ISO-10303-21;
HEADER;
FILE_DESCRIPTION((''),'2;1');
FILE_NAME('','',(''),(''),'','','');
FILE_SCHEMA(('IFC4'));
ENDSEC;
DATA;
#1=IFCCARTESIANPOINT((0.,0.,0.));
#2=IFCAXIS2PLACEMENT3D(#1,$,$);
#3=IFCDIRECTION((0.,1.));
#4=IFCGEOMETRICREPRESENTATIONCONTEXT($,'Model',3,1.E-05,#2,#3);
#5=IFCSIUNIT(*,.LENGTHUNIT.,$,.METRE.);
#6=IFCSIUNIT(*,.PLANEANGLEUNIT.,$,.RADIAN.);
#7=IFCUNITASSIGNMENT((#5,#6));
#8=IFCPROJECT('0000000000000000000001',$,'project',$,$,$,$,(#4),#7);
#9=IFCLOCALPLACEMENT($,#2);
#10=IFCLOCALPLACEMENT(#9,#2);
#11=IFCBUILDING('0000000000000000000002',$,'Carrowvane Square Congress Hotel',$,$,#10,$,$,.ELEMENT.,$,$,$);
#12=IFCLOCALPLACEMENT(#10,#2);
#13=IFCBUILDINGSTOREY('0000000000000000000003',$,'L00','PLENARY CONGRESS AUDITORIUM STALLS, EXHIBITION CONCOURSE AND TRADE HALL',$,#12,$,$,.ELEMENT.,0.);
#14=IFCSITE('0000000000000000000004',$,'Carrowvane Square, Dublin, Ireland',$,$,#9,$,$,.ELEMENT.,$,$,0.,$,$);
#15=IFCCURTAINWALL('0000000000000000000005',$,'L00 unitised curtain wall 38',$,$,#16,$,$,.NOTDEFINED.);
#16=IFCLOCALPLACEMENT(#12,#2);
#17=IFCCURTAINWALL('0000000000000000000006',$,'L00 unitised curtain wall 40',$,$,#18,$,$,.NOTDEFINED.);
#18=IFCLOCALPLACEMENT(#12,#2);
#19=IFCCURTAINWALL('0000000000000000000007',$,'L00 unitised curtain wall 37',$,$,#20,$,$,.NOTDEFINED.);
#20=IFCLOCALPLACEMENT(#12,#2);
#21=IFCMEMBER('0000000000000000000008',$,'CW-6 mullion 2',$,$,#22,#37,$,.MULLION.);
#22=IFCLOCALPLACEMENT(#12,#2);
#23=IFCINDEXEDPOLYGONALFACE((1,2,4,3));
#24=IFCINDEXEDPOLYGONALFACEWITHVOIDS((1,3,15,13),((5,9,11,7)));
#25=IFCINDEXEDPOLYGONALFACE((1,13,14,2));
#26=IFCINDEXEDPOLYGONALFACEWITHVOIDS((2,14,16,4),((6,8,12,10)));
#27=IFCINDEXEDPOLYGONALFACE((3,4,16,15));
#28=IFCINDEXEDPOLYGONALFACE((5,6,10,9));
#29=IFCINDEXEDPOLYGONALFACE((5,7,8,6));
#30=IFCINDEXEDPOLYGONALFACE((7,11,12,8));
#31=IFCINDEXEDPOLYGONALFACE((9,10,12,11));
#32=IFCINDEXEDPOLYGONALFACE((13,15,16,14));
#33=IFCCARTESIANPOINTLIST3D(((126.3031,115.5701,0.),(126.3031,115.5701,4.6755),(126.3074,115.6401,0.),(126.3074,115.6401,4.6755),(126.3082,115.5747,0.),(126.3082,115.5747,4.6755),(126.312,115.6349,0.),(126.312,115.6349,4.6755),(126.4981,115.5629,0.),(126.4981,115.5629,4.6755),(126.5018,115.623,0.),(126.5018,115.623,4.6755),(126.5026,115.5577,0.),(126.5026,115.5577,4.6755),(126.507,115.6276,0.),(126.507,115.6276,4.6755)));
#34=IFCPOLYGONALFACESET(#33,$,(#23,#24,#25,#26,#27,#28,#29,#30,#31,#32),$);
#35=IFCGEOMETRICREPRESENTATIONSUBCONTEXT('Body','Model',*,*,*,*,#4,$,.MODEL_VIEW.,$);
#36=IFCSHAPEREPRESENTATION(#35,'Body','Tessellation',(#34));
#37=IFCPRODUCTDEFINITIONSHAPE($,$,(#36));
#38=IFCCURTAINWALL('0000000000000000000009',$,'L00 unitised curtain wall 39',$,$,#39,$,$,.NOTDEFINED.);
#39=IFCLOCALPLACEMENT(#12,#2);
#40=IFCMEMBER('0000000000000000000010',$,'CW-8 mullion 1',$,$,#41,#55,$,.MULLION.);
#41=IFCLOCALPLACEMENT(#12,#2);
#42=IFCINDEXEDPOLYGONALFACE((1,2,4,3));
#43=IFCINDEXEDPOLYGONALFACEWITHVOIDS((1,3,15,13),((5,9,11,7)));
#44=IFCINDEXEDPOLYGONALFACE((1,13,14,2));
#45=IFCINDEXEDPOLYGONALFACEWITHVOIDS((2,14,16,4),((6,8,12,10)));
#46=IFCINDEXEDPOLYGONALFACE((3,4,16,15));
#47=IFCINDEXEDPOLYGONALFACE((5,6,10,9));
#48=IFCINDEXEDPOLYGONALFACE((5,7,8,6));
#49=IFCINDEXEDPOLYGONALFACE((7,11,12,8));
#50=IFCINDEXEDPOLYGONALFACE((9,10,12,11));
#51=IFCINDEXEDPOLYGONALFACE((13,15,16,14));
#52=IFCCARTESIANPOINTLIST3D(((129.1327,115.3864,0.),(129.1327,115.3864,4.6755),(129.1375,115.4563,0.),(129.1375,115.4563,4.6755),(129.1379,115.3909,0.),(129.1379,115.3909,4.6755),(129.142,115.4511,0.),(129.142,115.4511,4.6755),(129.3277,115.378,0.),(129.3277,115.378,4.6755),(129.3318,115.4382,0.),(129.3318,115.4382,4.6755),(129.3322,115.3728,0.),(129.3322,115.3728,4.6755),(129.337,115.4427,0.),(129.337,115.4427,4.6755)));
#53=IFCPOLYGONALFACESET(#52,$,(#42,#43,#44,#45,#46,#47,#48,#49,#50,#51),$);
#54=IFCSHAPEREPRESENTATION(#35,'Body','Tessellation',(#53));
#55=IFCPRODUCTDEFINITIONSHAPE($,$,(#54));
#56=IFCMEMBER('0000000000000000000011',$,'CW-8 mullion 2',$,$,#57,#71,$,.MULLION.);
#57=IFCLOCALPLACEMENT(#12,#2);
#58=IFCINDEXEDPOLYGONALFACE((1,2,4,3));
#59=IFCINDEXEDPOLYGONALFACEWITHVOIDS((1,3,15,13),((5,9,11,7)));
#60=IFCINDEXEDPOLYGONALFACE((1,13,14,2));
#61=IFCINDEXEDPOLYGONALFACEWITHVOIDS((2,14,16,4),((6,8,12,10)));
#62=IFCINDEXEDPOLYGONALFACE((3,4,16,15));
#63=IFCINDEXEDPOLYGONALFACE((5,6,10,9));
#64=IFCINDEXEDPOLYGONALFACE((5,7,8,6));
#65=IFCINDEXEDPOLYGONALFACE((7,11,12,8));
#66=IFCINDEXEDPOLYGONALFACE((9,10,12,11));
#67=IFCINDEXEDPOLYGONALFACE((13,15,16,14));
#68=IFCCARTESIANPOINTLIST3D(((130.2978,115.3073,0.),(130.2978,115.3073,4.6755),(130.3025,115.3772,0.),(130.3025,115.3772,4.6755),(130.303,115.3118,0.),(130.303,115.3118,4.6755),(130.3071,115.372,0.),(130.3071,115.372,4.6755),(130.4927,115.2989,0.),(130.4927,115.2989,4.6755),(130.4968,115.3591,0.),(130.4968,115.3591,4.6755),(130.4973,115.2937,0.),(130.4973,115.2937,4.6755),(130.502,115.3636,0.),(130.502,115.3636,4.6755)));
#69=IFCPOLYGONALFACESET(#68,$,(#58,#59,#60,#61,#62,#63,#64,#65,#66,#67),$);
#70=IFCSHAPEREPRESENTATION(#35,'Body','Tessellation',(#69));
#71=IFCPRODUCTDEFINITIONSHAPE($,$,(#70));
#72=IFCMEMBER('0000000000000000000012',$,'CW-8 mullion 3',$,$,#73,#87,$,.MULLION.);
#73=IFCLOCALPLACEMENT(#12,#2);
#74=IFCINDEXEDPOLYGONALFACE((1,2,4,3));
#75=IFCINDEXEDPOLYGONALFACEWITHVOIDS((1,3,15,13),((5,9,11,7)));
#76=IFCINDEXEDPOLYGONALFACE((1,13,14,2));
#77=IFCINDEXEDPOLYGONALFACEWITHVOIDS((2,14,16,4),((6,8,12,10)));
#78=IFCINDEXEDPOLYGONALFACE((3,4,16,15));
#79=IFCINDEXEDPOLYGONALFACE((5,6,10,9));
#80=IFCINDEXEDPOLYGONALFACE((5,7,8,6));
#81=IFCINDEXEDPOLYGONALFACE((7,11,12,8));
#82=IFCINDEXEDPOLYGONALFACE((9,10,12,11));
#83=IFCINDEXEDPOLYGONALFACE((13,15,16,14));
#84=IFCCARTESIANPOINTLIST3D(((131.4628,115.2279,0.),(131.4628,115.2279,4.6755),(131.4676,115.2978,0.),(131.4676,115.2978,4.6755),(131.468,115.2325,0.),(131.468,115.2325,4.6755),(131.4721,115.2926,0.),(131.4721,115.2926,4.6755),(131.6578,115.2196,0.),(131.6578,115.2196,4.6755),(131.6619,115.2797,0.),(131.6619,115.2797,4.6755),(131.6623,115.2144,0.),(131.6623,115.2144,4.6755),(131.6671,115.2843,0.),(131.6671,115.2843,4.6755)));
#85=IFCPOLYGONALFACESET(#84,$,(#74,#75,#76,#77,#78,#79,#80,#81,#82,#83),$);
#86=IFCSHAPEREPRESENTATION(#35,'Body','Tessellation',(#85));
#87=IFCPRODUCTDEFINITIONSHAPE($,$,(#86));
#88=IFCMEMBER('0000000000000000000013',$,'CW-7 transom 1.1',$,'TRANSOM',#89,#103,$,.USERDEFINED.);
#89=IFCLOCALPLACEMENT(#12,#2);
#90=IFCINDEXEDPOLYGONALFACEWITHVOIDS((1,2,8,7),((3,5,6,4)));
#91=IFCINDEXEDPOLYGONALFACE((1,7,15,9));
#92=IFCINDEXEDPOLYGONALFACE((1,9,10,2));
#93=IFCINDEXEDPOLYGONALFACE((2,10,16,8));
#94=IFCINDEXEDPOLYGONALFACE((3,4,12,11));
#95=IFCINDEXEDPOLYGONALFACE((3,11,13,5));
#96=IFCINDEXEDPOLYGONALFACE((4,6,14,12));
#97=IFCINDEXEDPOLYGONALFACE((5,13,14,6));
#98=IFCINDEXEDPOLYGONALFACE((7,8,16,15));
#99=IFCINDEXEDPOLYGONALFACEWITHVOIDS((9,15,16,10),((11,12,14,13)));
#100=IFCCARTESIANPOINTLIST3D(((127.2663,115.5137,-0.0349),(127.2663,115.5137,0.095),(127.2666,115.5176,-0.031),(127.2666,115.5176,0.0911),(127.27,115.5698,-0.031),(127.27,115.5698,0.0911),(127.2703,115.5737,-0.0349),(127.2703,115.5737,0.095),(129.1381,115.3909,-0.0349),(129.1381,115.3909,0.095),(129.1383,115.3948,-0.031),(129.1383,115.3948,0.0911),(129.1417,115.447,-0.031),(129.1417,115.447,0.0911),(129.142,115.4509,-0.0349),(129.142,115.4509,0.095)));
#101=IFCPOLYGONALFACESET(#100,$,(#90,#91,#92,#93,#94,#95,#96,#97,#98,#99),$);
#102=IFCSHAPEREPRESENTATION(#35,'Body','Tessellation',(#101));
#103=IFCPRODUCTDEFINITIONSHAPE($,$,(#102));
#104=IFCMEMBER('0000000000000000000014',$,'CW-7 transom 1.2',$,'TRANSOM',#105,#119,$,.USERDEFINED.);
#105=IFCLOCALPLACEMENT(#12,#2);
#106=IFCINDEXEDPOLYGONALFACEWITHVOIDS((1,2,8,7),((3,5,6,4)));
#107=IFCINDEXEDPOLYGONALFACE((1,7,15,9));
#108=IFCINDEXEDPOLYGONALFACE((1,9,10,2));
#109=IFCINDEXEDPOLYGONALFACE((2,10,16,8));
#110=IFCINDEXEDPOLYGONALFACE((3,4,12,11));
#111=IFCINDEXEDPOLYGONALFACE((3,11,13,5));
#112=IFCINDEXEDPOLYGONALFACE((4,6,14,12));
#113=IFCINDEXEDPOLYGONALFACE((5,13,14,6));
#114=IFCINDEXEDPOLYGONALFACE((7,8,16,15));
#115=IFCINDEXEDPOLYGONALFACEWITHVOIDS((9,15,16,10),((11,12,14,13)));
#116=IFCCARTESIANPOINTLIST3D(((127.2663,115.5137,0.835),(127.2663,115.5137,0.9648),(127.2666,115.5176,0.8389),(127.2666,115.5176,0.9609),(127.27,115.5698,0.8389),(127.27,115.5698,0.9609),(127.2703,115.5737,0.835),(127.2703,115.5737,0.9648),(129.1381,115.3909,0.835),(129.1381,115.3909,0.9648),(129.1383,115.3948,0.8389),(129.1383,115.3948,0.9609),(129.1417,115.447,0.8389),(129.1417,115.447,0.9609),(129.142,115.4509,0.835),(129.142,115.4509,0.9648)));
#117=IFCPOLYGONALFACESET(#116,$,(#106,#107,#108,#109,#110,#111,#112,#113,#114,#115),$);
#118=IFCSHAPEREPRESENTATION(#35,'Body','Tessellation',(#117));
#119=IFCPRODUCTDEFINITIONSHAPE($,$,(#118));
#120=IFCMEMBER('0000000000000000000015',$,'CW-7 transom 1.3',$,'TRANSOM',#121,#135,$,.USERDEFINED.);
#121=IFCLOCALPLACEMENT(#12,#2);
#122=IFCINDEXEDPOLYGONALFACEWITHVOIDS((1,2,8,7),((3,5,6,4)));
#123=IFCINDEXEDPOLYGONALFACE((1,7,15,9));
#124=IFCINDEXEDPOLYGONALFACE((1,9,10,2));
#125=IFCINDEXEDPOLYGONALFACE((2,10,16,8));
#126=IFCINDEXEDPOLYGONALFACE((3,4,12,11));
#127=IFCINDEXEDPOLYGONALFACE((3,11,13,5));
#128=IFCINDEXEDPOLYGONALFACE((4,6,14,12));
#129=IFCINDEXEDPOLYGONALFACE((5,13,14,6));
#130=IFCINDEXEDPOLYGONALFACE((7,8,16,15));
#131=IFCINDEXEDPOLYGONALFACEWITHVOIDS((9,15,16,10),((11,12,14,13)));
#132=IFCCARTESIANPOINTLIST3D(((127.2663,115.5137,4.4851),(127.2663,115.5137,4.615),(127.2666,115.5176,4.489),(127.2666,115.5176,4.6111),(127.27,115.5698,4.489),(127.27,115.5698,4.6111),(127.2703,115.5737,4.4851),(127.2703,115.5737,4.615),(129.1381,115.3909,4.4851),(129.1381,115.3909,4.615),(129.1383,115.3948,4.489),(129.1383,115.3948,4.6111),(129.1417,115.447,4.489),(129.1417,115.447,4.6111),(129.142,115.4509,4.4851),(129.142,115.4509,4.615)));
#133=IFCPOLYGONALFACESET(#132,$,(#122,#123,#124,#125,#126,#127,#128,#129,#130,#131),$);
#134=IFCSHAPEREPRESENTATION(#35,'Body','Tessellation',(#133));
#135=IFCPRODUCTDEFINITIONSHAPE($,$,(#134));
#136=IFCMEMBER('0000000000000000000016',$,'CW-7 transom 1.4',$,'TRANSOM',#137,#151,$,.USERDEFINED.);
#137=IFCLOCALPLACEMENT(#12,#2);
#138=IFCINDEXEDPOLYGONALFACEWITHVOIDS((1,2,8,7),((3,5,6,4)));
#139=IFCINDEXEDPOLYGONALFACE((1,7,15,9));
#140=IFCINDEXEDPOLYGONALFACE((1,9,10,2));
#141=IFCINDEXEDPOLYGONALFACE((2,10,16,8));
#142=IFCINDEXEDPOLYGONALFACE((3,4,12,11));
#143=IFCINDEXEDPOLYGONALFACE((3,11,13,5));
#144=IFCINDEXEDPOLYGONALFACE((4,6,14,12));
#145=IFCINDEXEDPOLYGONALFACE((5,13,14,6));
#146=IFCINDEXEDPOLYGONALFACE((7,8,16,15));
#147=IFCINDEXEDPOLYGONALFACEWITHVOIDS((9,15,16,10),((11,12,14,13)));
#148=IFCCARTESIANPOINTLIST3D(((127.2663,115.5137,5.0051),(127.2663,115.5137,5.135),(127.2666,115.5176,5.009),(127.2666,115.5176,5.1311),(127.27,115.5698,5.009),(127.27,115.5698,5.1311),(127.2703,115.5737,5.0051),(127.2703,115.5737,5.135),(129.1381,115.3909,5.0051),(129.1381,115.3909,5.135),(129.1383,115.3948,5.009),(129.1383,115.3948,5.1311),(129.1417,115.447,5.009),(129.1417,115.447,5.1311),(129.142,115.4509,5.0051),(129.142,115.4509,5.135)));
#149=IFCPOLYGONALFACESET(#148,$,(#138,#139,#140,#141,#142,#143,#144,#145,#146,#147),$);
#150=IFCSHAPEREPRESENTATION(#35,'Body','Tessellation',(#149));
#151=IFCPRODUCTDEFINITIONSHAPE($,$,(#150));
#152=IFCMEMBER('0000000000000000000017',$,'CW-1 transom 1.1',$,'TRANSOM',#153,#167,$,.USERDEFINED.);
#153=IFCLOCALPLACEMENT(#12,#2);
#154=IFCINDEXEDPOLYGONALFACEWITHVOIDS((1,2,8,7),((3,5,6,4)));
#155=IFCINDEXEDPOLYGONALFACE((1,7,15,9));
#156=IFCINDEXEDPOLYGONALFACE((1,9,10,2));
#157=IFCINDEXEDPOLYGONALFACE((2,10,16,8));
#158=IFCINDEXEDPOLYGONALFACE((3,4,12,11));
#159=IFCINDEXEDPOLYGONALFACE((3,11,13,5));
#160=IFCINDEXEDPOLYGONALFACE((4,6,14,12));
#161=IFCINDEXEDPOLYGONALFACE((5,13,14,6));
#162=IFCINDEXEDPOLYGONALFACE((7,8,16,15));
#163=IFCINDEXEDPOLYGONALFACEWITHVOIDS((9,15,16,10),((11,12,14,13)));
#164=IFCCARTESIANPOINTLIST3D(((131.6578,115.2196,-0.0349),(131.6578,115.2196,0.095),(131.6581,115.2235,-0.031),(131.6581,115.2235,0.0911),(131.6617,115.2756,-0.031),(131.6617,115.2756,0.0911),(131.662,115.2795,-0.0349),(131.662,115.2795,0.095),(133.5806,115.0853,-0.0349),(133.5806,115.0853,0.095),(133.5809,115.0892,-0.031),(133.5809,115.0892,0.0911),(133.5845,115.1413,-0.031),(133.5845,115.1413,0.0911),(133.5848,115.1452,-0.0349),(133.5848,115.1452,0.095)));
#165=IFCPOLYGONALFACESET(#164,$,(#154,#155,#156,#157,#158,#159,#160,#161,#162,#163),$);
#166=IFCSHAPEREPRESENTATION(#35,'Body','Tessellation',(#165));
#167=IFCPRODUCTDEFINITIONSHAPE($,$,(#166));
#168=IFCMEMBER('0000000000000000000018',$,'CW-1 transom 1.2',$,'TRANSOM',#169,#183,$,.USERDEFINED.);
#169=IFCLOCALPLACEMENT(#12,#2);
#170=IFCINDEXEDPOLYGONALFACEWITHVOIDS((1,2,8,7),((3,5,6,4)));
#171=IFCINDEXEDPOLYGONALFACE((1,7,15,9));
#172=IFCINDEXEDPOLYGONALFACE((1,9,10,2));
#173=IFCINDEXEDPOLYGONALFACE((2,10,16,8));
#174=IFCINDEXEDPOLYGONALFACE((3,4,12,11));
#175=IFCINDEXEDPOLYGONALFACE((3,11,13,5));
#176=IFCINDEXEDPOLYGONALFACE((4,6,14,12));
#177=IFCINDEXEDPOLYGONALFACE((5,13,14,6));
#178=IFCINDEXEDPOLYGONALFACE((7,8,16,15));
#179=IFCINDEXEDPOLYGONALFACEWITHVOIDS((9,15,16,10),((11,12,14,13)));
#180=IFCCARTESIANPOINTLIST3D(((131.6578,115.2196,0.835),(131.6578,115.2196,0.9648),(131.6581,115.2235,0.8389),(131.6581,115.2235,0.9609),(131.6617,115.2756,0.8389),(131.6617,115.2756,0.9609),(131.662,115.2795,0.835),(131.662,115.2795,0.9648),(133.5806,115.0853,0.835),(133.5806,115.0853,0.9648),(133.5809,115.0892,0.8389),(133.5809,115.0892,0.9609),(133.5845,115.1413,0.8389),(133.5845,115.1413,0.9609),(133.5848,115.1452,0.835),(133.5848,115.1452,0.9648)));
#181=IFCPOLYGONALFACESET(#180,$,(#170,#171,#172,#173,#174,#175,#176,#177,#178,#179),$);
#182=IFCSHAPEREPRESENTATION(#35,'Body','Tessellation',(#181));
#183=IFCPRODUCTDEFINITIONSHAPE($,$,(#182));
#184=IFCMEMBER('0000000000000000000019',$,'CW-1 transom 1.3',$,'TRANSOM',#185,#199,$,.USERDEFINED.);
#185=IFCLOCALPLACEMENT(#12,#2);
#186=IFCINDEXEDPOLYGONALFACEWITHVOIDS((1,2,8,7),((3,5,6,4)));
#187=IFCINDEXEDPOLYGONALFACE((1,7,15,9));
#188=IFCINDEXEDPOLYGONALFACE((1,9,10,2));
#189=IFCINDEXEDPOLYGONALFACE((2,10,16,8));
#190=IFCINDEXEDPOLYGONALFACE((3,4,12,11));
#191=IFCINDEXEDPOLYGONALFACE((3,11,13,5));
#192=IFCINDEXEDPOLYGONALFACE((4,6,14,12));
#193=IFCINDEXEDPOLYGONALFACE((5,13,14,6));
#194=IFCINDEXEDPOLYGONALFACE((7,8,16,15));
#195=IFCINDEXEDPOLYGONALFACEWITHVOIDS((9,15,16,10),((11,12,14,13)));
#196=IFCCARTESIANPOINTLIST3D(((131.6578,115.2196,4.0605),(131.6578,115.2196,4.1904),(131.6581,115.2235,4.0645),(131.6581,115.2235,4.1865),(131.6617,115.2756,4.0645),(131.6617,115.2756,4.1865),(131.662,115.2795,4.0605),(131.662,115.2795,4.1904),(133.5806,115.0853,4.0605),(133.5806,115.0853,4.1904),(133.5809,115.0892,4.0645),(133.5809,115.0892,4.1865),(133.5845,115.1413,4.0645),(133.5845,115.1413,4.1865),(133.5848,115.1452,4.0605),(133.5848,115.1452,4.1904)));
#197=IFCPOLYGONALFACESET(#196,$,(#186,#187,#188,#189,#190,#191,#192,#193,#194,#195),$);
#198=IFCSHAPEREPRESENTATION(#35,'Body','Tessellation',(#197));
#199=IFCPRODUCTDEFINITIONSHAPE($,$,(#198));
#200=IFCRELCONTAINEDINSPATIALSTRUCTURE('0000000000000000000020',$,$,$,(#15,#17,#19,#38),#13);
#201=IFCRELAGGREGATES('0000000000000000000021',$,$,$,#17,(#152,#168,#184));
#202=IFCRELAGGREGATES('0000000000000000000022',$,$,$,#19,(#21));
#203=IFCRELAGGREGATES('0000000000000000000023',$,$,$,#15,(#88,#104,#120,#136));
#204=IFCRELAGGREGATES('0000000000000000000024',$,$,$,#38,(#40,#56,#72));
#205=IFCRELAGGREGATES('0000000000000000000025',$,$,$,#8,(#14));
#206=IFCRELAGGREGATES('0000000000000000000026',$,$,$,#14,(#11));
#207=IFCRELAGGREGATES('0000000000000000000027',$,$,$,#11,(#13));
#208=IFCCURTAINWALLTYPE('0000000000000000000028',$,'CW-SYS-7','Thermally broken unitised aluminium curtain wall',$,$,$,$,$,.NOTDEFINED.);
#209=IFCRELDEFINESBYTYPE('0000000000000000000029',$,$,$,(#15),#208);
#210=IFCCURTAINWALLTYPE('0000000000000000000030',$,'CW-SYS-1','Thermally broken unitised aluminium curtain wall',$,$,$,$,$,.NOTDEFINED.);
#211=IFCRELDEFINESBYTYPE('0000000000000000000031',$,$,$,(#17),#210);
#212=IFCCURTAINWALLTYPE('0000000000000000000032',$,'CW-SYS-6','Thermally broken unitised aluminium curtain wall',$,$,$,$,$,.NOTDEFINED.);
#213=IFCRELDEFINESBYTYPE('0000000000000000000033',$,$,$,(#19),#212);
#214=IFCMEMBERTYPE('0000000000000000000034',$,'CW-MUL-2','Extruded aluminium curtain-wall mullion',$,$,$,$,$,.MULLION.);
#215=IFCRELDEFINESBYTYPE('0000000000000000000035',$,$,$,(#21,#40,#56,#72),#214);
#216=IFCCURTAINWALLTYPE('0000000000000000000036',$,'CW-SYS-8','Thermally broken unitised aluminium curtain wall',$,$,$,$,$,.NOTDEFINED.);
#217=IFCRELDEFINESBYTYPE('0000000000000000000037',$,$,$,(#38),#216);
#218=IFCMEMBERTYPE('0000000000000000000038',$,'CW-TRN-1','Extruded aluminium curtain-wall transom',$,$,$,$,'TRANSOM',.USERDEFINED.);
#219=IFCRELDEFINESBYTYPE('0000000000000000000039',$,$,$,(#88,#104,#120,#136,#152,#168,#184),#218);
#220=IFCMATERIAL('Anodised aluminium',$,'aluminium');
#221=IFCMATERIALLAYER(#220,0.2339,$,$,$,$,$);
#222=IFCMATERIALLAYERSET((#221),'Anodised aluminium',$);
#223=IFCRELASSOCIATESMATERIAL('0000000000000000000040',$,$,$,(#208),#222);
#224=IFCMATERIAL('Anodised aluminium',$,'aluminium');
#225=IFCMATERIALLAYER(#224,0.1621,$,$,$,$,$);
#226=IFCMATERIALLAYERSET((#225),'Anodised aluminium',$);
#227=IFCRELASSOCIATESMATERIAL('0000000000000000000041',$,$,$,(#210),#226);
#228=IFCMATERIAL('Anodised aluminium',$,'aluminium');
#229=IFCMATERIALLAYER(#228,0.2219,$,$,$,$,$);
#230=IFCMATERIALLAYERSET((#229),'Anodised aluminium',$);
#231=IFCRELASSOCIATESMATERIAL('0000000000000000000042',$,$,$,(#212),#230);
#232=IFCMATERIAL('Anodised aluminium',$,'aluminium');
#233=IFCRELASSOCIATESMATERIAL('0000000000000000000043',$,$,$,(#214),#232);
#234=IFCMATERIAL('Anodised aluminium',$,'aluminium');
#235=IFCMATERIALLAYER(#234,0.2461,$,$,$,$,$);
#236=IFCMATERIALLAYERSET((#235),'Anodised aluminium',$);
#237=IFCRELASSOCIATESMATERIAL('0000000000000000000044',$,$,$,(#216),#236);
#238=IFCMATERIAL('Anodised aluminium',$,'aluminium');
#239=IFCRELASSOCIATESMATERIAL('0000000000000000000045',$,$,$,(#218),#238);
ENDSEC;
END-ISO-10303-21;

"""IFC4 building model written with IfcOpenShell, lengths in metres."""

from ifc_helpers import new_model, si_unit, direction, frame, origin, origin_2d, place, context, subcontext, project, spatial, hollow_rectangle, extrude, material, layer, layer_set, material_profile, profile_set, type_object, element, aggregate, save


model = new_model("IFC4")

# Units and contexts
model_context = context("Model", 3, precision=1e-05, world=origin(), true_north=direction((0.0, 1.0)))
body_context = subcontext(model_context, "Body", "Model", "MODEL_VIEW")
ifc_project = project(units=[si_unit("LENGTHUNIT", "METRE"), si_unit("PLANEANGLEUNIT", "RADIAN")], contexts=[model_context])

# Site, building, storey
site_placement = place(None, origin())
site = spatial("IfcSite", under=ifc_project, at=site_placement, Name="Carrowvane Square, Dublin, Ireland", CompositionType="ELEMENT", RefElevation=0.0)
building_placement = place(site_placement, origin())
building = spatial("IfcBuilding", under=site, at=building_placement, Name="Carrowvane Square Congress Hotel", CompositionType="ELEMENT")
storey_placement = place(building_placement, origin())
storey = spatial("IfcBuildingStorey", under=building, at=storey_placement, Name="L00", Description="PLENARY CONGRESS AUDITORIUM STALLS, EXHIBITION CONCOURSE AND TRADE HALL", CompositionType="ELEMENT", Elevation=0.0)

# Curtain wall
ifc_material_1 = material(Name="Anodised aluminium", Category="aluminium")
ifc_layer_1 = layer(ifc_material_1, 0.2339)
ifc_layer_set_1 = layer_set([ifc_layer_1], Name="Anodised aluminium")
curtain_wall_type_1 = type_object("IfcCurtainWallType", Name="CW-SYS-7", Description="Thermally broken unitised aluminium curtain wall", PredefinedType="NOTDEFINED", material=ifc_layer_set_1)
curtain_wall_1_placement = place(storey_placement, origin())
curtain_wall_1 = element("IfcCurtainWall", 1, at=curtain_wall_1_placement, inside=storey, type_object=curtain_wall_type_1, Name="L00 unitised curtain wall 38", PredefinedType="NOTDEFINED")

# Curtain walls, member
ifc_material_2 = material(Name="Anodised aluminium", Category="aluminium")
ifc_layer_2 = layer(ifc_material_2, 0.1621)
ifc_layer_set_2 = layer_set([ifc_layer_2], Name="Anodised aluminium")
curtain_wall_type_2 = type_object("IfcCurtainWallType", Name="CW-SYS-1", Description="Thermally broken unitised aluminium curtain wall", PredefinedType="NOTDEFINED", material=ifc_layer_set_2)
curtain_wall_2_placement = place(storey_placement, origin())
curtain_wall_2 = element("IfcCurtainWall", 2, at=curtain_wall_2_placement, inside=storey, type_object=curtain_wall_type_2, Name="L00 unitised curtain wall 40", PredefinedType="NOTDEFINED")
ifc_material_3 = material(Name="Anodised aluminium", Category="aluminium")
ifc_layer_3 = layer(ifc_material_3, 0.2219)
ifc_layer_set_3 = layer_set([ifc_layer_3], Name="Anodised aluminium")
curtain_wall_type_3 = type_object("IfcCurtainWallType", Name="CW-SYS-6", Description="Thermally broken unitised aluminium curtain wall", PredefinedType="NOTDEFINED", material=ifc_layer_set_3)
curtain_wall_3_placement = place(storey_placement, origin())
curtain_wall_3 = element("IfcCurtainWall", 3, at=curtain_wall_3_placement, inside=storey, type_object=curtain_wall_type_3, Name="L00 unitised curtain wall 37", PredefinedType="NOTDEFINED")
ifc_material_4 = material(Name="Anodised aluminium", Category="aluminium")
ifc_material_profile_1 = material_profile(ifc_material_4, hollow_rectangle(XDim=0.0701, YDim=0.2, WallThickness=0.0049, at=origin_2d()), Name="CW-ML 70x200x5")
ifc_profile_set_1 = profile_set([ifc_material_profile_1], Name="Anodised aluminium")
member_type_1 = type_object("IfcMemberType", Name="CW-MUL-2", Description="Extruded aluminium curtain-wall mullion", PredefinedType="MULLION", material=ifc_profile_set_1)
member_1_placement = place(storey_placement, frame((126.405, 115.5989, 0.0), z_axis=(0.0, 0.0, 1.0), x_axis=(0.062397, 0.998051, 0.0)))
member_1 = element("IfcMember", 4, at=member_1_placement, type_object=member_type_1, Name="CW-6 mullion 2", PredefinedType="MULLION", context=body_context, shape_type="SweptSolid", body=[
    extrude(hollow_rectangle(XDim=0.0701, YDim=0.2, WallThickness=0.0049, at=origin_2d()), origin(), (0.0, 0.0, 1.0), 4.6755),
])

# Curtain wall, members
ifc_material_5 = material(Name="Anodised aluminium", Category="aluminium")
ifc_layer_4 = layer(ifc_material_5, 0.2461)
ifc_layer_set_4 = layer_set([ifc_layer_4], Name="Anodised aluminium")
curtain_wall_type_4 = type_object("IfcCurtainWallType", Name="CW-SYS-8", Description="Thermally broken unitised aluminium curtain wall", PredefinedType="NOTDEFINED", material=ifc_layer_set_4)
curtain_wall_4_placement = place(storey_placement, origin())
curtain_wall_4 = element("IfcCurtainWall", 5, at=curtain_wall_4_placement, inside=storey, type_object=curtain_wall_type_4, Name="L00 unitised curtain wall 39", PredefinedType="NOTDEFINED")
member_2_placement = place(storey_placement, frame((129.2349, 115.4146, 0.0), z_axis=(0.0, 0.0, 1.0), x_axis=(0.06787, 0.997694, 0.0)))
member_2 = element("IfcMember", 6, at=member_2_placement, type_object=member_type_1, Name="CW-8 mullion 1", PredefinedType="MULLION", context=body_context, shape_type="SweptSolid", body=[
    extrude(hollow_rectangle(XDim=0.0701, YDim=0.2, WallThickness=0.0049, at=origin_2d()), origin(), (0.0, 0.0, 1.0), 4.6755),
])
member_3_placement = place(storey_placement, frame((130.3999, 115.3354, 0.0), z_axis=(0.0, 0.0, 1.0), x_axis=(0.06787, 0.997694, 0.0)))
member_3 = element("IfcMember", 7, at=member_3_placement, type_object=member_type_1, Name="CW-8 mullion 2", PredefinedType="MULLION", context=body_context, shape_type="SweptSolid", body=[
    extrude(hollow_rectangle(XDim=0.0701, YDim=0.2, WallThickness=0.0049, at=origin_2d()), origin(), (0.0, 0.0, 1.0), 4.6755),
])
member_4_placement = place(storey_placement, frame((131.5649, 115.2561, 0.0), z_axis=(0.0, 0.0, 1.0), x_axis=(0.06787, 0.997694, 0.0)))
member_4 = element("IfcMember", 8, at=member_4_placement, type_object=member_type_1, Name="CW-8 mullion 3", PredefinedType="MULLION", context=body_context, shape_type="SweptSolid", body=[
    extrude(hollow_rectangle(XDim=0.0701, YDim=0.2, WallThickness=0.0049, at=origin_2d()), origin(), (0.0, 0.0, 1.0), 4.6755),
])

# Members
ifc_material_6 = material(Name="Anodised aluminium", Category="aluminium")
ifc_material_profile_2 = material_profile(ifc_material_6, hollow_rectangle(XDim=0.0601, YDim=0.1299, WallThickness=0.0039, at=origin_2d()), Name="CW-TR 60x130x4")
ifc_profile_set_2 = profile_set([ifc_material_profile_2], Name="Anodised aluminium")
member_type_2 = type_object("IfcMemberType", Name="CW-TRN-1", Description="Extruded aluminium curtain-wall transom", ElementType="TRANSOM", PredefinedType="USERDEFINED", material=ifc_profile_set_2)
member_5_placement = place(storey_placement, frame((127.2683, 115.5437, 0.03), z_axis=(0.997855, -0.065465, 0.0), x_axis=(0.065465, 0.997855, 0.0)))
member_5 = element("IfcMember", 9, at=member_5_placement, type_object=member_type_2, Name="CW-7 transom 1.1", ObjectType="TRANSOM", PredefinedType="USERDEFINED", context=body_context, shape_type="SweptSolid", body=[
    extrude(hollow_rectangle(XDim=0.0601, YDim=0.1299, WallThickness=0.0039, at=origin_2d()), origin(), (0.0, 0.0, 1.0), 1.8757),
])
member_6_placement = place(storey_placement, frame((127.2683, 115.5437, 0.8999), z_axis=(0.997855, -0.065465, 0.0), x_axis=(0.065465, 0.997855, 0.0)))
member_6 = element("IfcMember", 10, at=member_6_placement, type_object=member_type_2, Name="CW-7 transom 1.2", ObjectType="TRANSOM", PredefinedType="USERDEFINED", context=body_context, shape_type="SweptSolid", body=[
    extrude(hollow_rectangle(XDim=0.0601, YDim=0.1299, WallThickness=0.0039, at=origin_2d()), origin(), (0.0, 0.0, 1.0), 1.8757),
])
member_7_placement = place(storey_placement, frame((127.2683, 115.5437, 4.55), z_axis=(0.997855, -0.065465, 0.0), x_axis=(0.065465, 0.997855, 0.0)))
member_7 = element("IfcMember", 11, at=member_7_placement, type_object=member_type_2, Name="CW-7 transom 1.3", ObjectType="TRANSOM", PredefinedType="USERDEFINED", context=body_context, shape_type="SweptSolid", body=[
    extrude(hollow_rectangle(XDim=0.0601, YDim=0.1299, WallThickness=0.0039, at=origin_2d()), origin(), (0.0, 0.0, 1.0), 1.8757),
])
member_8_placement = place(storey_placement, frame((127.2683, 115.5437, 5.0701), z_axis=(0.997855, -0.065465, 0.0), x_axis=(0.065465, 0.997855, 0.0)))
member_8 = element("IfcMember", 12, at=member_8_placement, type_object=member_type_2, Name="CW-7 transom 1.4", ObjectType="TRANSOM", PredefinedType="USERDEFINED", context=body_context, shape_type="SweptSolid", body=[
    extrude(hollow_rectangle(XDim=0.0601, YDim=0.1299, WallThickness=0.0039, at=origin_2d()), origin(), (0.0, 0.0, 1.0), 1.8757),
])
member_9_placement = place(storey_placement, frame((131.6599, 115.2495, 0.03), z_axis=(0.997571, -0.069663, 0.0), x_axis=(0.069663, 0.997571, 0.0)))
member_9 = element("IfcMember", 13, at=member_9_placement, type_object=member_type_2, Name="CW-1 transom 1.1", ObjectType="TRANSOM", PredefinedType="USERDEFINED", context=body_context, shape_type="SweptSolid", body=[
    extrude(hollow_rectangle(XDim=0.0601, YDim=0.1299, WallThickness=0.0039, at=origin_2d()), origin(), (0.0, 0.0, 1.0), 1.9275),
])
member_10_placement = place(storey_placement, frame((131.6599, 115.2495, 0.8999), z_axis=(0.997571, -0.069663, 0.0), x_axis=(0.069663, 0.997571, 0.0)))
member_10 = element("IfcMember", 14, at=member_10_placement, type_object=member_type_2, Name="CW-1 transom 1.2", ObjectType="TRANSOM", PredefinedType="USERDEFINED", context=body_context, shape_type="SweptSolid", body=[
    extrude(hollow_rectangle(XDim=0.0601, YDim=0.1299, WallThickness=0.0039, at=origin_2d()), origin(), (0.0, 0.0, 1.0), 1.9275),
])
member_11_placement = place(storey_placement, frame((131.6599, 115.2495, 4.1255), z_axis=(0.997571, -0.069663, 0.0), x_axis=(0.069663, 0.997571, 0.0)))
member_11 = element("IfcMember", 15, at=member_11_placement, type_object=member_type_2, Name="CW-1 transom 1.3", ObjectType="TRANSOM", PredefinedType="USERDEFINED", context=body_context, shape_type="SweptSolid", body=[
    extrude(hollow_rectangle(XDim=0.0601, YDim=0.1299, WallThickness=0.0039, at=origin_2d()), origin(), (0.0, 0.0, 1.0), 1.9275),
])
aggregate(curtain_wall_2, [member_9, member_10, member_11])

aggregate(curtain_wall_3, [member_1])
aggregate(curtain_wall_1, [member_5, member_6, member_7, member_8])
aggregate(curtain_wall_4, [member_2, member_3, member_4])

save(model, "model.ifc")
